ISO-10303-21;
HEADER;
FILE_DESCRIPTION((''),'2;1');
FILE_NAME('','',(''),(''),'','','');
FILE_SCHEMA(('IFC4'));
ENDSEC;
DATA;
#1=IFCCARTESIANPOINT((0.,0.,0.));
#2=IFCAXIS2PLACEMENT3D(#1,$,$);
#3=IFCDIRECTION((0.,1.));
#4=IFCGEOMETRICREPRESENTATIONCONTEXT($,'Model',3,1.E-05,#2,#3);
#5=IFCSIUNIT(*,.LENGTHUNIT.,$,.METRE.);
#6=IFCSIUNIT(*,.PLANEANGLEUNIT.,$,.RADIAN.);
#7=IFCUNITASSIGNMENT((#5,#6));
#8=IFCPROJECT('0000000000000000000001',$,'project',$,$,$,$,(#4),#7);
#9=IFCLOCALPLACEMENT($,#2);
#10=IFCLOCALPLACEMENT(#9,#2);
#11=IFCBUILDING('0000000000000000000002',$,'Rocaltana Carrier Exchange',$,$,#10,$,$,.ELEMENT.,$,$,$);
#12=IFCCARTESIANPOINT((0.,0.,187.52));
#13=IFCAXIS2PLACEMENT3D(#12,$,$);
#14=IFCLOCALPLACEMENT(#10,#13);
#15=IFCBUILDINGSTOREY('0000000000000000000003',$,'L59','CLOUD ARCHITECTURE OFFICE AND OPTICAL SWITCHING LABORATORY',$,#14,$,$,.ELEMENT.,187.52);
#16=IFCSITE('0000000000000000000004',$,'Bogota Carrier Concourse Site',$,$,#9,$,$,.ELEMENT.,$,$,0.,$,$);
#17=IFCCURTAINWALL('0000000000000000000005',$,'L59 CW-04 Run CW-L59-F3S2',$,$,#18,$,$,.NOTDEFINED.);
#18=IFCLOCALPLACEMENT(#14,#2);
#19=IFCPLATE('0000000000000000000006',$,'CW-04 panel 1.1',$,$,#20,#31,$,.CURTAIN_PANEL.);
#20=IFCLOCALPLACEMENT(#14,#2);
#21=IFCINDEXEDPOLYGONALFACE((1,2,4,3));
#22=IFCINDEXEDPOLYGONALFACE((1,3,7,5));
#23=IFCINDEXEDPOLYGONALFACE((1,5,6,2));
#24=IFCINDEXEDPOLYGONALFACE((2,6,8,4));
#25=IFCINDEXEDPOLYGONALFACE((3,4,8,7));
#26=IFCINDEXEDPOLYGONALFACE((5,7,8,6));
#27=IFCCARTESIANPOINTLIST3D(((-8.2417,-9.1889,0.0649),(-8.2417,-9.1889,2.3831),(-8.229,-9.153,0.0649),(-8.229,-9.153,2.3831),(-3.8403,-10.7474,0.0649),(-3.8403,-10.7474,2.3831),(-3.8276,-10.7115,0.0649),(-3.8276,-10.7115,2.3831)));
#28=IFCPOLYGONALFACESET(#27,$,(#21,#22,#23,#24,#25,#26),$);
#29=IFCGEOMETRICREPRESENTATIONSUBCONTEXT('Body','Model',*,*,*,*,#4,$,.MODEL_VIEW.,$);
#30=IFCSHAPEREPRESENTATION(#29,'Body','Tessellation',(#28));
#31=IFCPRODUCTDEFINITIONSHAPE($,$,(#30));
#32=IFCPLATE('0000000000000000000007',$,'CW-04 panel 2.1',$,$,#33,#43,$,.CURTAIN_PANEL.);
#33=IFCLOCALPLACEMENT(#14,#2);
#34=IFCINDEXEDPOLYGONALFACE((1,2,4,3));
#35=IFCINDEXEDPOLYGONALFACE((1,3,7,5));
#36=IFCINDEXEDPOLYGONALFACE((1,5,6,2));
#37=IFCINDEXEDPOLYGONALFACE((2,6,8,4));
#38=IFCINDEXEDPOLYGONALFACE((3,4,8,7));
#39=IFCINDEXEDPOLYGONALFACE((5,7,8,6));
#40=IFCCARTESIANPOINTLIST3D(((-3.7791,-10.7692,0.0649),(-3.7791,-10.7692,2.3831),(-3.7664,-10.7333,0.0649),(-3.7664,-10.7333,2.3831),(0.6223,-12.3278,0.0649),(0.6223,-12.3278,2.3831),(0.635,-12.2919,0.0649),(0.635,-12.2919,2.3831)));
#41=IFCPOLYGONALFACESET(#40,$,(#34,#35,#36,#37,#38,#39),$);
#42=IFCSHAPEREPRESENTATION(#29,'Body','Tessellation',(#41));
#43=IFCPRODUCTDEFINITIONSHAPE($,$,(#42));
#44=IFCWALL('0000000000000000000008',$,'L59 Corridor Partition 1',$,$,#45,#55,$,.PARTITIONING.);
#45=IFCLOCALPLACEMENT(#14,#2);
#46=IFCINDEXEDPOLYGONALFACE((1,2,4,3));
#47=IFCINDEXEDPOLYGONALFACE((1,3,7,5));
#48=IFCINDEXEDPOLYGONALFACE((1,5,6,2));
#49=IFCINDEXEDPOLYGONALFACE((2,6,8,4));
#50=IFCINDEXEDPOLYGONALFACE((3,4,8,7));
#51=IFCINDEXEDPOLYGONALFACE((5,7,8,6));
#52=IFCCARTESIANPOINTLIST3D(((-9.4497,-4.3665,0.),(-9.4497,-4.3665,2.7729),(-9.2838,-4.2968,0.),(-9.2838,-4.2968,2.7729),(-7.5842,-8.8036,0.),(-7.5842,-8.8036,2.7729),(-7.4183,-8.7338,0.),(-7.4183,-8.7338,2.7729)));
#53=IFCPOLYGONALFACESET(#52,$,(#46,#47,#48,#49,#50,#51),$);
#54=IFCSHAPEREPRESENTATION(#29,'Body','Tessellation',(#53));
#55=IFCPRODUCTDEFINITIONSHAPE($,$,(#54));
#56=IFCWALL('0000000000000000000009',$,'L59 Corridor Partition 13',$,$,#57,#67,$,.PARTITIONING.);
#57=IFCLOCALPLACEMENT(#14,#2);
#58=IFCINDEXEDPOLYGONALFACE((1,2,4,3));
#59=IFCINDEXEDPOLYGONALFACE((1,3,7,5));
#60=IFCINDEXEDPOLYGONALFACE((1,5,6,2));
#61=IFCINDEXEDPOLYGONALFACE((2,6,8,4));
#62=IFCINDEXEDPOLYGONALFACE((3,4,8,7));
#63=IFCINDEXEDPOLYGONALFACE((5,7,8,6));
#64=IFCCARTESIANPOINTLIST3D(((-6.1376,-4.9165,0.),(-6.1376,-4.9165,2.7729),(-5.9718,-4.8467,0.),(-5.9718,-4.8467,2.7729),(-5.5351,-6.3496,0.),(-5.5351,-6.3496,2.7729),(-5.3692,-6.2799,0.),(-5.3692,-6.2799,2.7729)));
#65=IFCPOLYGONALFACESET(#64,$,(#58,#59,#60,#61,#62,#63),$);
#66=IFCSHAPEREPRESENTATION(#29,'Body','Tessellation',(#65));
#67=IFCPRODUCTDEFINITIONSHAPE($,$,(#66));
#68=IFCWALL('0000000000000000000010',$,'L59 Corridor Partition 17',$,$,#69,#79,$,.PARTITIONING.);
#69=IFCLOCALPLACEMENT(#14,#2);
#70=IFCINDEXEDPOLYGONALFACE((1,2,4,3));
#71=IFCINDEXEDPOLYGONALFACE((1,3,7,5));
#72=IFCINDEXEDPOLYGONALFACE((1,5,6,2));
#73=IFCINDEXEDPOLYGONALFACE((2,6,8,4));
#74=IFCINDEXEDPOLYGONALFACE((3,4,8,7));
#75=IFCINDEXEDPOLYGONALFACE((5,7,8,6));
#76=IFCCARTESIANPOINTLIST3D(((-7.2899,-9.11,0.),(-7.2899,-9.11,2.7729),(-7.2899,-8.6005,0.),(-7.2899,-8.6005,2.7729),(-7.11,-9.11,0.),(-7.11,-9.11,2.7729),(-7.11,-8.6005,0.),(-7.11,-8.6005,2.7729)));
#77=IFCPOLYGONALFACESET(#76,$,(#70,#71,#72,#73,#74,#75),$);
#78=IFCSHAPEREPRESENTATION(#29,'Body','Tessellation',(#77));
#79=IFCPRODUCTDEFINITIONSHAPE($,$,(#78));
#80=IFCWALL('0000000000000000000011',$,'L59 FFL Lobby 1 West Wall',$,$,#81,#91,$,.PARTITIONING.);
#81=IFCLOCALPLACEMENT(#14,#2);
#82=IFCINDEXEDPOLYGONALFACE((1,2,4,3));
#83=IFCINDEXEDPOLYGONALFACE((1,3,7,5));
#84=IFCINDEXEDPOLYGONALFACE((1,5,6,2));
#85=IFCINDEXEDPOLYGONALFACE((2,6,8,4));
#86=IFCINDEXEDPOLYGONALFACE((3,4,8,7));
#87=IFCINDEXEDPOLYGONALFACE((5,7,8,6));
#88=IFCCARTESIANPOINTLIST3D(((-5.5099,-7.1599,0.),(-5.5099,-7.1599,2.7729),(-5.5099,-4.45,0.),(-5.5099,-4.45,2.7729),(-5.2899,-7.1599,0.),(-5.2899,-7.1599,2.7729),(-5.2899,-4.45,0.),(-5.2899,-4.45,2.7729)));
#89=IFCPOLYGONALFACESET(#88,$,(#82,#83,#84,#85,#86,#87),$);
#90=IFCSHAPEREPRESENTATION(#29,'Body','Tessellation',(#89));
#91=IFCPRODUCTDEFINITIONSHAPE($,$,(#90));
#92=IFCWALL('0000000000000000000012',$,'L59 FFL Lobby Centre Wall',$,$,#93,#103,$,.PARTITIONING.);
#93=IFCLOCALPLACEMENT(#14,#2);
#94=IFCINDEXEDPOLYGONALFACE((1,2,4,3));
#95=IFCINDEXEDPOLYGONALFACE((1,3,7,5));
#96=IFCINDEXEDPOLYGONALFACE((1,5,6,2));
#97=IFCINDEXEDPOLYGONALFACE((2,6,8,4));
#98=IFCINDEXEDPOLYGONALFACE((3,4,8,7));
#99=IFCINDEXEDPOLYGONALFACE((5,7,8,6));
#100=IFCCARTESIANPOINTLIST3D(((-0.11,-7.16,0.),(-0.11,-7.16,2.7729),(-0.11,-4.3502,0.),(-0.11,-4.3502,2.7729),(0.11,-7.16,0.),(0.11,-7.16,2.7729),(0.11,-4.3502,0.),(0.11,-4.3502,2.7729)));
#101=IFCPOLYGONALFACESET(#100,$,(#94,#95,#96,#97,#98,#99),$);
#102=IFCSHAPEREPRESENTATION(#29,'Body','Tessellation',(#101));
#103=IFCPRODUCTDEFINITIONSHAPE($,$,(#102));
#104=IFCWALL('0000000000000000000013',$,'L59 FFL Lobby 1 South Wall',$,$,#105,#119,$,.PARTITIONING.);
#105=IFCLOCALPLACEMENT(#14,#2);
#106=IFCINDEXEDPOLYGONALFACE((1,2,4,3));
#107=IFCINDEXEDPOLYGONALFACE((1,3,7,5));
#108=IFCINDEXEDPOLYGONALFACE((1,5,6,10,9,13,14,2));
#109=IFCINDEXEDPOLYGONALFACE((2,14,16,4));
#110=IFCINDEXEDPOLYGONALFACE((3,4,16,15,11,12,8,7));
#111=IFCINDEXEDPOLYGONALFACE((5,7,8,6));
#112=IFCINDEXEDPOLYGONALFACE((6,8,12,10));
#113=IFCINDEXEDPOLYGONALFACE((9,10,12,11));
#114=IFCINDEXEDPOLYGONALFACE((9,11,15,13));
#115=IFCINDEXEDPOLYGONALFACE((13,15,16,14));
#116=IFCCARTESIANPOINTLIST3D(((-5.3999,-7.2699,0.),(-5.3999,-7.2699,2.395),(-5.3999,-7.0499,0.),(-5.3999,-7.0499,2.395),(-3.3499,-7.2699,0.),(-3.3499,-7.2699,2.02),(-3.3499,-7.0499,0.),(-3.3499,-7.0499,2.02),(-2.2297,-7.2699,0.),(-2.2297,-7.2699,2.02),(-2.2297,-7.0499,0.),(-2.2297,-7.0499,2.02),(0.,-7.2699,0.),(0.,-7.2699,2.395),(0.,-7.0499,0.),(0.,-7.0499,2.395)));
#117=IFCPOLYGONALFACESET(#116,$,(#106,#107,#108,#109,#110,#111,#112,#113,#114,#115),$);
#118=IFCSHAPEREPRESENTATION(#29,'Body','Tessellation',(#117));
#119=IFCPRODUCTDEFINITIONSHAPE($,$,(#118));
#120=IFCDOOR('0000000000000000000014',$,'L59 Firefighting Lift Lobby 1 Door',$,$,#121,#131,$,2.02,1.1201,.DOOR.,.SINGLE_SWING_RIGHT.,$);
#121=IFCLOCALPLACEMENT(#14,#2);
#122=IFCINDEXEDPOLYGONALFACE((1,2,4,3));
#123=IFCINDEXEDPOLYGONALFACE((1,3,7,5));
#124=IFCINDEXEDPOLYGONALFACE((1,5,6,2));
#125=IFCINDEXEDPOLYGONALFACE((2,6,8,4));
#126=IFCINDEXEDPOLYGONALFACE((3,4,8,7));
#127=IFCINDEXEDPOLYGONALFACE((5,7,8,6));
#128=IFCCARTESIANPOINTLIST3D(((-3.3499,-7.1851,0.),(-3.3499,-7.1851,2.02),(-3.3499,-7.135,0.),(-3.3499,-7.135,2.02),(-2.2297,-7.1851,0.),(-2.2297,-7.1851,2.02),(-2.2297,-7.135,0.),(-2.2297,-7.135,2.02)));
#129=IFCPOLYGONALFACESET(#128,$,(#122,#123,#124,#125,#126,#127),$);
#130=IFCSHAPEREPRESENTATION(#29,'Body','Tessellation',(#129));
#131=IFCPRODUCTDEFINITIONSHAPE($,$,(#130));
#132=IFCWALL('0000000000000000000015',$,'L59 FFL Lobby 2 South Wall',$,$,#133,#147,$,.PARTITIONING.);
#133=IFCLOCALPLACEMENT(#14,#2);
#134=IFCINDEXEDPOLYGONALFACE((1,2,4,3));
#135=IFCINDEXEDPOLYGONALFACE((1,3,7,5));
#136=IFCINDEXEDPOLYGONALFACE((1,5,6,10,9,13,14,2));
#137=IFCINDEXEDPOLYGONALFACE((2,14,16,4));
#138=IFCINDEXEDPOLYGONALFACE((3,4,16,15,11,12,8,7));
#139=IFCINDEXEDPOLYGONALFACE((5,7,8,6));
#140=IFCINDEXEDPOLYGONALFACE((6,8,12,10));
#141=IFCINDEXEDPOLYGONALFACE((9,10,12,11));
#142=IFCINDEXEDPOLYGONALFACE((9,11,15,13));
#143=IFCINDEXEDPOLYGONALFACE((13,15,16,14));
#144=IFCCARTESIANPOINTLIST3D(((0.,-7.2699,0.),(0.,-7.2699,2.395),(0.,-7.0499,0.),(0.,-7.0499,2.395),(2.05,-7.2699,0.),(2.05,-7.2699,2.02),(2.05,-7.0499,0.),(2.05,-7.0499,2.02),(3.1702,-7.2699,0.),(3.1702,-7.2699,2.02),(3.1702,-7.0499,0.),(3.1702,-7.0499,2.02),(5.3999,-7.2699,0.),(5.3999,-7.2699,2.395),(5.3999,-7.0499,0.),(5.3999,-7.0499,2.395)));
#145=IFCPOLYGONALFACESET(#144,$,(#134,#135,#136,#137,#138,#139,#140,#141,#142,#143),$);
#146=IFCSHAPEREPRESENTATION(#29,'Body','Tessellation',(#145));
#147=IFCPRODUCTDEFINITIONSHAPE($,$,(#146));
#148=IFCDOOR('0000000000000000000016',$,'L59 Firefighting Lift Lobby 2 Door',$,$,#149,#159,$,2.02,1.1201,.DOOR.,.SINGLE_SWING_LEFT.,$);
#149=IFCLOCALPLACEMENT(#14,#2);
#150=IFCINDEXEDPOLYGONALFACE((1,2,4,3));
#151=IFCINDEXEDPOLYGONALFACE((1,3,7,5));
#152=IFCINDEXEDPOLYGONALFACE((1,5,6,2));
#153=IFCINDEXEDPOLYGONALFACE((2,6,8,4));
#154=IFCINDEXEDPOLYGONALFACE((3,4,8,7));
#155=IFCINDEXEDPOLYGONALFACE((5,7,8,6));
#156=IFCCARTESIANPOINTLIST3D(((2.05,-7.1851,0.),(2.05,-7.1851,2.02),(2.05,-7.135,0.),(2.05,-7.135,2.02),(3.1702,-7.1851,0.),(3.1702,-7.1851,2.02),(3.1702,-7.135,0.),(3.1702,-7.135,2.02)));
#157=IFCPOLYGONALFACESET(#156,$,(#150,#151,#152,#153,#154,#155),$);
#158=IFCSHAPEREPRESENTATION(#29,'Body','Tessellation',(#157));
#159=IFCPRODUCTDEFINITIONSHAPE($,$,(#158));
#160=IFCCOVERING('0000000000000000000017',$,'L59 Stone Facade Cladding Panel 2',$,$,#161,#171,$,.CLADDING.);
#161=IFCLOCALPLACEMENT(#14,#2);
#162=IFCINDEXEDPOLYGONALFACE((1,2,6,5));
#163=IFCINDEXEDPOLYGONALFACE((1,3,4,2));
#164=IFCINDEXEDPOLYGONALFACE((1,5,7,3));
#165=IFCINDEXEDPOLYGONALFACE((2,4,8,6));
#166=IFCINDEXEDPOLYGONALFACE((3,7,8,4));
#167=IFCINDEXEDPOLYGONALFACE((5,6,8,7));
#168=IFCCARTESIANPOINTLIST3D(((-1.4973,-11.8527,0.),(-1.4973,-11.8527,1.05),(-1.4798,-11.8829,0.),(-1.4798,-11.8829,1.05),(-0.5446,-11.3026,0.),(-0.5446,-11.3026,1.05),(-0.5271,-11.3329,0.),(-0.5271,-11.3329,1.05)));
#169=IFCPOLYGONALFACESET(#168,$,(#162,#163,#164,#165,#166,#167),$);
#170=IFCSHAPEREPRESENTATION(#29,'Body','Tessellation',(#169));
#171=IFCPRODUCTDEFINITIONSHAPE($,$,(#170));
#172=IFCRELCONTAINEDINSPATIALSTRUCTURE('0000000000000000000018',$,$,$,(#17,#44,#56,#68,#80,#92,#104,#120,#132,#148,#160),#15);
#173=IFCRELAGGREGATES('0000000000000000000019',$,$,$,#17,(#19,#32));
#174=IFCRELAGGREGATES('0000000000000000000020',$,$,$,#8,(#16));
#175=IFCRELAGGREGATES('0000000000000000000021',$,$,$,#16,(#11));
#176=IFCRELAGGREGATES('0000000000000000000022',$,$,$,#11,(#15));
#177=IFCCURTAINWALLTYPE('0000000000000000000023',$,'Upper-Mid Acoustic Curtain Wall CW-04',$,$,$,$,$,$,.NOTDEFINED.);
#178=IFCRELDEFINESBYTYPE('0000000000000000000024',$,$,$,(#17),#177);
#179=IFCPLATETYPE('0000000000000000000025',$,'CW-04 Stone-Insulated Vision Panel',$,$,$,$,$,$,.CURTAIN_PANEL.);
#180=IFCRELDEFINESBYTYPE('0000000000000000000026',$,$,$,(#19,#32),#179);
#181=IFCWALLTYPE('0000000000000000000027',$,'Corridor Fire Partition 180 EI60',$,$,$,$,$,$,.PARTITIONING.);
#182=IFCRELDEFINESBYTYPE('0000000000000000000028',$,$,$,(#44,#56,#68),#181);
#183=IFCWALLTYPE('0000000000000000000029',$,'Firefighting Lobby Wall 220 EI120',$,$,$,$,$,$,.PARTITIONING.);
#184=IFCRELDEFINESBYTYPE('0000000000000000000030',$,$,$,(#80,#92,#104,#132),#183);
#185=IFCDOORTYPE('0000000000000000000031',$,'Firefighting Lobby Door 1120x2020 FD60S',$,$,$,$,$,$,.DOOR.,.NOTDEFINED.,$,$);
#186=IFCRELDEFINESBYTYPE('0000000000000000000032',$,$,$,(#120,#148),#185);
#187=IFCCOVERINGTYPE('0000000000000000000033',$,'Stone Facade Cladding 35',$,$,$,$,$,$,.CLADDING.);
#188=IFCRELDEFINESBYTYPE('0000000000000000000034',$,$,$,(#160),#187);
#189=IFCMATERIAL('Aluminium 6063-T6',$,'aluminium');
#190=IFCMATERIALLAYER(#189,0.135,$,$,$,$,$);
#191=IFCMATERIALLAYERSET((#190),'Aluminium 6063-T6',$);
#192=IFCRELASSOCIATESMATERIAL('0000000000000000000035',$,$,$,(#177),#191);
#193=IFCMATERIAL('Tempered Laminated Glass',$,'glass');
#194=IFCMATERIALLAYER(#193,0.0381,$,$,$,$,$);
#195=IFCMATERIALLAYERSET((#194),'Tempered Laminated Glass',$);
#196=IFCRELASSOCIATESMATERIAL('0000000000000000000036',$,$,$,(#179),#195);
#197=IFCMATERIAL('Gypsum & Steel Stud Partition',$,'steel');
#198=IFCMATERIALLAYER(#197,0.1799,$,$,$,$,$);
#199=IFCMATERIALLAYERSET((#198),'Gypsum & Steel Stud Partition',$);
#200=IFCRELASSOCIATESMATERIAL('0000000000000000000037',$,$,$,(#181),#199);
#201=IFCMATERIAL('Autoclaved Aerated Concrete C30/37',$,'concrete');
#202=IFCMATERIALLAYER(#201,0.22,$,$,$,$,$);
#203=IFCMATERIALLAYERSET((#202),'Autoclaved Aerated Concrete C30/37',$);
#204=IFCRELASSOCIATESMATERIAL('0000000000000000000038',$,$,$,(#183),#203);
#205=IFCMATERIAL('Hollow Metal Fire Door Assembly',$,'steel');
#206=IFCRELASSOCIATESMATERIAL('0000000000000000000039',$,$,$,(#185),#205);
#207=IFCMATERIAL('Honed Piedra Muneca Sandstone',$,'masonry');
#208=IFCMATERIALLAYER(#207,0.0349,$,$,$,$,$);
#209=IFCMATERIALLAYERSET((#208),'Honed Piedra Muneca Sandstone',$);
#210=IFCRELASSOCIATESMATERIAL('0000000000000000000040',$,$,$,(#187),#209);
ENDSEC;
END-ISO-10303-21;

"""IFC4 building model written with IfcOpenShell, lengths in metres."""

from ifc_helpers import new_model, si_unit, direction, frame, frame_2d, origin, origin_2d, place, context, subcontext, project, spatial, rectangle, extrude, material, layer, layer_set, type_object, element, fill, aggregate, save


model = new_model("IFC4")

# Units and contexts
model_context = context("Model", 3, precision=1e-05, world=origin(), true_north=direction((0.0, 1.0)))
body_context = subcontext(model_context, "Body", "Model", "MODEL_VIEW")
ifc_project = project(units=[si_unit("LENGTHUNIT", "METRE"), si_unit("PLANEANGLEUNIT", "RADIAN")], contexts=[model_context])

# Site, building, storey
site_placement = place(None, origin())
site = spatial("IfcSite", under=ifc_project, at=site_placement, Name="Bogota Carrier Concourse Site", CompositionType="ELEMENT", RefElevation=0.0)
building_placement = place(site_placement, origin())
building = spatial("IfcBuilding", under=site, at=building_placement, Name="Rocaltana Carrier Exchange", CompositionType="ELEMENT")
storey_placement = place(building_placement, frame((0.0, 0.0, 187.52)))
storey = spatial("IfcBuildingStorey", under=building, at=storey_placement, Name="L59", Description="CLOUD ARCHITECTURE OFFICE AND OPTICAL SWITCHING LABORATORY", CompositionType="ELEMENT", Elevation=187.52)

# Curtain wall
ifc_material_1 = material(Name="Aluminium 6063-T6", Category="aluminium")
ifc_layer_1 = layer(ifc_material_1, 0.135)
ifc_layer_set_1 = layer_set([ifc_layer_1], Name="Aluminium 6063-T6")
curtain_wall_type = type_object("IfcCurtainWallType", Name="Upper-Mid Acoustic Curtain Wall CW-04", PredefinedType="NOTDEFINED", material=ifc_layer_set_1)
curtain_wall_placement = place(storey_placement, origin())
curtain_wall = element("IfcCurtainWall", 1, at=curtain_wall_placement, inside=storey, type_object=curtain_wall_type, Name="L59 CW-04 Run CW-L59-F3S2", PredefinedType="NOTDEFINED")

# Plates
ifc_material_2 = material(Name="Tempered Laminated Glass", Category="glass")
ifc_layer_2 = layer(ifc_material_2, 0.0381)
ifc_layer_set_2 = layer_set([ifc_layer_2], Name="Tempered Laminated Glass")
plate_type = type_object("IfcPlateType", Name="CW-04 Stone-Insulated Vision Panel", PredefinedType="CURTAIN_PANEL", material=ifc_layer_set_2)
plate_1_placement = place(storey_placement, frame((-6.0347, -9.9502, 0.0649), z_axis=(0.0, 0.0, 1.0), x_axis=(0.942644, -0.333799, 0.0)))
plate_1 = element("IfcPlate", 2, at=plate_1_placement, type_object=plate_type, Name="CW-04 panel 1.1", PredefinedType="CURTAIN_PANEL", context=body_context, shape_type="SweptSolid", body=[
    extrude(rectangle(XDim=4.6692, YDim=0.0381, at=origin_2d()), origin(), (0.0, 0.0, 1.0), 2.3181),
])
plate_2_placement = place(storey_placement, frame((-1.572, -11.5305, 0.0649), z_axis=(0.0, 0.0, 1.0), x_axis=(0.942644, -0.333799, 0.0)))
plate_2 = element("IfcPlate", 3, at=plate_2_placement, type_object=plate_type, Name="CW-04 panel 2.1", PredefinedType="CURTAIN_PANEL", context=body_context, shape_type="SweptSolid", body=[
    extrude(rectangle(XDim=4.6692, YDim=0.0381, at=origin_2d()), origin(), (0.0, 0.0, 1.0), 2.3181),
])
aggregate(curtain_wall, [plate_1, plate_2])

# Walls
ifc_material_3 = material(Name="Gypsum & Steel Stud Partition", Category="steel")
ifc_layer_3 = layer(ifc_material_3, 0.1799)
ifc_layer_set_3 = layer_set([ifc_layer_3], Name="Gypsum & Steel Stud Partition")
wall_type_1 = type_object("IfcWallType", Name="Corridor Fire Partition 180 EI60", PredefinedType="PARTITIONING", material=ifc_layer_set_3)
wall_1_placement = place(storey_placement, frame((-7.5012, -8.7688, 0.0), z_axis=(0.0, 0.0, 1.0), x_axis=(-0.387574, 0.921839, 0.0)))
element("IfcWall", 4, at=wall_1_placement, inside=storey, type_object=wall_type_1, Name="L59 Corridor Partition 1", PredefinedType="PARTITIONING", context=body_context, shape_type="SweptSolid", body=[
    extrude(rectangle(XDim=4.8132, YDim=0.1799, at=frame_2d((2.4067, 0.0))), origin(), (0.0, 0.0, 1.0), 2.7729),
])
wall_2_placement = place(storey_placement, frame((-6.0547, -4.8816, 0.0), z_axis=(0.0, 0.0, 1.0), x_axis=(0.38758, -0.921836, 0.0)))
element("IfcWall", 5, at=wall_2_placement, inside=storey, type_object=wall_type_1, Name="L59 Corridor Partition 13", PredefinedType="PARTITIONING", context=body_context, shape_type="SweptSolid", body=[
    extrude(rectangle(XDim=1.5547, YDim=0.1799, at=frame_2d((0.7773, 0.0))), origin(), (0.0, 0.0, 1.0), 2.7729),
])
wall_3_placement = place(storey_placement, frame((-7.2, -9.1101, 0.0), z_axis=(0.0, 0.0, 1.0), x_axis=(0.0, 1.0, 0.0)))
element("IfcWall", 6, at=wall_3_placement, inside=storey, type_object=wall_type_1, Name="L59 Corridor Partition 17", PredefinedType="PARTITIONING", context=body_context, shape_type="SweptSolid", body=[
    extrude(rectangle(XDim=0.5095, YDim=0.1799, at=frame_2d((0.2549, 0.0))), origin(), (0.0, 0.0, 1.0), 2.7729),
])
ifc_material_4 = material(Name="Autoclaved Aerated Concrete C30/37", Category="concrete")
ifc_layer_4 = layer(ifc_material_4, 0.22)
ifc_layer_set_4 = layer_set([ifc_layer_4], Name="Autoclaved Aerated Concrete C30/37")
wall_type_2 = type_object("IfcWallType", Name="Firefighting Lobby Wall 220 EI120", PredefinedType="PARTITIONING", material=ifc_layer_set_4)
wall_4_placement = place(storey_placement, frame((-5.3999, -7.1599, 0.0), z_axis=(0.0, 0.0, 1.0), x_axis=(0.0, 1.0, 0.0)))
element("IfcWall", 7, at=wall_4_placement, inside=storey, type_object=wall_type_2, Name="L59 FFL Lobby 1 West Wall", PredefinedType="PARTITIONING", context=body_context, shape_type="SweptSolid", body=[
    extrude(rectangle(XDim=2.71, YDim=0.22, at=frame_2d((1.355, 0.0))), origin(), (0.0, 0.0, 1.0), 2.7729),
])
wall_5_placement = place(storey_placement, frame((0.0, -7.1599, 0.0), z_axis=(0.0, 0.0, 1.0), x_axis=(0.0, 1.0, 0.0)))
element("IfcWall", 8, at=wall_5_placement, inside=storey, type_object=wall_type_2, Name="L59 FFL Lobby Centre Wall", PredefinedType="PARTITIONING", context=body_context, shape_type="SweptSolid", body=[
    extrude(rectangle(XDim=2.8098, YDim=0.22, at=frame_2d((1.4048, 0.0))), origin(), (0.0, 0.0, 1.0), 2.7729),
])

# Walls, openings, doors
wall_6_placement = place(storey_placement, frame((-5.3999, -7.1599, 0.0), z_axis=(0.0, 0.0, 1.0), x_axis=(1.0, 0.0, 0.0)))
wall_6 = element("IfcWall", 9, at=wall_6_placement, inside=storey, type_object=wall_type_2, Name="L59 FFL Lobby 1 South Wall", PredefinedType="PARTITIONING", context=body_context, shape_type="SweptSolid", body=[
    extrude(rectangle(XDim=5.3999, YDim=0.22, at=frame_2d((2.7, 0.0))), origin(), (0.0, 0.0, 1.0), 2.395),
])
opening_1_placement = place(wall_6_placement, frame((2.05, 0.0, 0.0)))
opening_1 = element("IfcOpeningElement", 10, at=opening_1_placement, cuts=wall_6, PredefinedType="OPENING", context=body_context, shape_type="SweptSolid", body=[
    extrude(rectangle(XDim=1.1201, YDim=2.02, at=frame_2d((0.5601, 1.01))), frame((0.0, 0.1199, 0.0), z_axis=(0.0, -1.0, 0.0), x_axis=(1.0, 0.0, 0.0)), (0.0, 0.0, 1.0), 0.24),
])
ifc_material_5 = material(Name="Hollow Metal Fire Door Assembly", Category="steel")
door_type = type_object("IfcDoorType", Name="Firefighting Lobby Door 1120x2020 FD60S", OperationType="NOTDEFINED", PredefinedType="DOOR", material=ifc_material_5)
door_1_placement = place(opening_1_placement, origin())
door_1 = element("IfcDoor", 11, at=door_1_placement, inside=storey, type_object=door_type, Name="L59 Firefighting Lift Lobby 1 Door", OperationType="SINGLE_SWING_RIGHT", OverallHeight=2.02, OverallWidth=1.1201, PredefinedType="DOOR", context=body_context, shape_type="SweptSolid", body=[
    extrude(rectangle(XDim=1.1201, YDim=2.02, at=frame_2d((0.5601, 1.01))), frame((0.0, 0.0249, 0.0), z_axis=(0.0, -1.0, 0.0), x_axis=(1.0, 0.0, 0.0)), (0.0, 0.0, 1.0), 0.05),
])
fill(opening_1, door_1)
wall_7_placement = place(storey_placement, frame((0.0, -7.1599, 0.0), z_axis=(0.0, 0.0, 1.0), x_axis=(1.0, 0.0, 0.0)))
wall_7 = element("IfcWall", 12, at=wall_7_placement, inside=storey, type_object=wall_type_2, Name="L59 FFL Lobby 2 South Wall", PredefinedType="PARTITIONING", context=body_context, shape_type="SweptSolid", body=[
    extrude(rectangle(XDim=5.3999, YDim=0.22, at=frame_2d((2.7, 0.0))), origin(), (0.0, 0.0, 1.0), 2.395),
])
opening_2_placement = place(wall_7_placement, frame((2.05, 0.0, 0.0)))
opening_2 = element("IfcOpeningElement", 13, at=opening_2_placement, cuts=wall_7, PredefinedType="OPENING", context=body_context, shape_type="SweptSolid", body=[
    extrude(rectangle(XDim=1.1201, YDim=2.02, at=frame_2d((0.5601, 1.01))), frame((0.0, 0.1199, 0.0), z_axis=(0.0, -1.0, 0.0), x_axis=(1.0, 0.0, 0.0)), (0.0, 0.0, 1.0), 0.24),
])
door_2_placement = place(opening_2_placement, origin())
door_2 = element("IfcDoor", 14, at=door_2_placement, inside=storey, type_object=door_type, Name="L59 Firefighting Lift Lobby 2 Door", OperationType="SINGLE_SWING_LEFT", OverallHeight=2.02, OverallWidth=1.1201, PredefinedType="DOOR", context=body_context, shape_type="SweptSolid", body=[
    extrude(rectangle(XDim=1.1201, YDim=2.02, at=frame_2d((0.5601, 1.01))), frame((0.0, 0.0249, 0.0), z_axis=(0.0, -1.0, 0.0), x_axis=(1.0, 0.0, 0.0)), (0.0, 0.0, 1.0), 0.05),
])
fill(opening_2, door_2)

# Covering
ifc_material_6 = material(Name="Honed Piedra Muneca Sandstone", Category="masonry")
ifc_layer_5 = layer(ifc_material_6, 0.0349)
ifc_layer_set_5 = layer_set([ifc_layer_5], Name="Honed Piedra Muneca Sandstone")
covering_type = type_object("IfcCoveringType", Name="Stone Facade Cladding 35", PredefinedType="CLADDING", material=ifc_layer_set_5)
covering_placement = place(storey_placement, frame((-1.0122, -11.5928, 0.0), z_axis=(0.0, 0.0, 1.0), x_axis=(0.866025, 0.5, 0.0)))
element("IfcCovering", 15, at=covering_placement, inside=storey, type_object=covering_type, Name="L59 Stone Facade Cladding Panel 2", PredefinedType="CLADDING", context=body_context, shape_type="SweptSolid", body=[
    extrude(rectangle(XDim=1.1001, YDim=0.0349, at=origin_2d()), origin(), (0.0, 0.0, 1.0), 1.05),
])

save(model, "model.ifc")
